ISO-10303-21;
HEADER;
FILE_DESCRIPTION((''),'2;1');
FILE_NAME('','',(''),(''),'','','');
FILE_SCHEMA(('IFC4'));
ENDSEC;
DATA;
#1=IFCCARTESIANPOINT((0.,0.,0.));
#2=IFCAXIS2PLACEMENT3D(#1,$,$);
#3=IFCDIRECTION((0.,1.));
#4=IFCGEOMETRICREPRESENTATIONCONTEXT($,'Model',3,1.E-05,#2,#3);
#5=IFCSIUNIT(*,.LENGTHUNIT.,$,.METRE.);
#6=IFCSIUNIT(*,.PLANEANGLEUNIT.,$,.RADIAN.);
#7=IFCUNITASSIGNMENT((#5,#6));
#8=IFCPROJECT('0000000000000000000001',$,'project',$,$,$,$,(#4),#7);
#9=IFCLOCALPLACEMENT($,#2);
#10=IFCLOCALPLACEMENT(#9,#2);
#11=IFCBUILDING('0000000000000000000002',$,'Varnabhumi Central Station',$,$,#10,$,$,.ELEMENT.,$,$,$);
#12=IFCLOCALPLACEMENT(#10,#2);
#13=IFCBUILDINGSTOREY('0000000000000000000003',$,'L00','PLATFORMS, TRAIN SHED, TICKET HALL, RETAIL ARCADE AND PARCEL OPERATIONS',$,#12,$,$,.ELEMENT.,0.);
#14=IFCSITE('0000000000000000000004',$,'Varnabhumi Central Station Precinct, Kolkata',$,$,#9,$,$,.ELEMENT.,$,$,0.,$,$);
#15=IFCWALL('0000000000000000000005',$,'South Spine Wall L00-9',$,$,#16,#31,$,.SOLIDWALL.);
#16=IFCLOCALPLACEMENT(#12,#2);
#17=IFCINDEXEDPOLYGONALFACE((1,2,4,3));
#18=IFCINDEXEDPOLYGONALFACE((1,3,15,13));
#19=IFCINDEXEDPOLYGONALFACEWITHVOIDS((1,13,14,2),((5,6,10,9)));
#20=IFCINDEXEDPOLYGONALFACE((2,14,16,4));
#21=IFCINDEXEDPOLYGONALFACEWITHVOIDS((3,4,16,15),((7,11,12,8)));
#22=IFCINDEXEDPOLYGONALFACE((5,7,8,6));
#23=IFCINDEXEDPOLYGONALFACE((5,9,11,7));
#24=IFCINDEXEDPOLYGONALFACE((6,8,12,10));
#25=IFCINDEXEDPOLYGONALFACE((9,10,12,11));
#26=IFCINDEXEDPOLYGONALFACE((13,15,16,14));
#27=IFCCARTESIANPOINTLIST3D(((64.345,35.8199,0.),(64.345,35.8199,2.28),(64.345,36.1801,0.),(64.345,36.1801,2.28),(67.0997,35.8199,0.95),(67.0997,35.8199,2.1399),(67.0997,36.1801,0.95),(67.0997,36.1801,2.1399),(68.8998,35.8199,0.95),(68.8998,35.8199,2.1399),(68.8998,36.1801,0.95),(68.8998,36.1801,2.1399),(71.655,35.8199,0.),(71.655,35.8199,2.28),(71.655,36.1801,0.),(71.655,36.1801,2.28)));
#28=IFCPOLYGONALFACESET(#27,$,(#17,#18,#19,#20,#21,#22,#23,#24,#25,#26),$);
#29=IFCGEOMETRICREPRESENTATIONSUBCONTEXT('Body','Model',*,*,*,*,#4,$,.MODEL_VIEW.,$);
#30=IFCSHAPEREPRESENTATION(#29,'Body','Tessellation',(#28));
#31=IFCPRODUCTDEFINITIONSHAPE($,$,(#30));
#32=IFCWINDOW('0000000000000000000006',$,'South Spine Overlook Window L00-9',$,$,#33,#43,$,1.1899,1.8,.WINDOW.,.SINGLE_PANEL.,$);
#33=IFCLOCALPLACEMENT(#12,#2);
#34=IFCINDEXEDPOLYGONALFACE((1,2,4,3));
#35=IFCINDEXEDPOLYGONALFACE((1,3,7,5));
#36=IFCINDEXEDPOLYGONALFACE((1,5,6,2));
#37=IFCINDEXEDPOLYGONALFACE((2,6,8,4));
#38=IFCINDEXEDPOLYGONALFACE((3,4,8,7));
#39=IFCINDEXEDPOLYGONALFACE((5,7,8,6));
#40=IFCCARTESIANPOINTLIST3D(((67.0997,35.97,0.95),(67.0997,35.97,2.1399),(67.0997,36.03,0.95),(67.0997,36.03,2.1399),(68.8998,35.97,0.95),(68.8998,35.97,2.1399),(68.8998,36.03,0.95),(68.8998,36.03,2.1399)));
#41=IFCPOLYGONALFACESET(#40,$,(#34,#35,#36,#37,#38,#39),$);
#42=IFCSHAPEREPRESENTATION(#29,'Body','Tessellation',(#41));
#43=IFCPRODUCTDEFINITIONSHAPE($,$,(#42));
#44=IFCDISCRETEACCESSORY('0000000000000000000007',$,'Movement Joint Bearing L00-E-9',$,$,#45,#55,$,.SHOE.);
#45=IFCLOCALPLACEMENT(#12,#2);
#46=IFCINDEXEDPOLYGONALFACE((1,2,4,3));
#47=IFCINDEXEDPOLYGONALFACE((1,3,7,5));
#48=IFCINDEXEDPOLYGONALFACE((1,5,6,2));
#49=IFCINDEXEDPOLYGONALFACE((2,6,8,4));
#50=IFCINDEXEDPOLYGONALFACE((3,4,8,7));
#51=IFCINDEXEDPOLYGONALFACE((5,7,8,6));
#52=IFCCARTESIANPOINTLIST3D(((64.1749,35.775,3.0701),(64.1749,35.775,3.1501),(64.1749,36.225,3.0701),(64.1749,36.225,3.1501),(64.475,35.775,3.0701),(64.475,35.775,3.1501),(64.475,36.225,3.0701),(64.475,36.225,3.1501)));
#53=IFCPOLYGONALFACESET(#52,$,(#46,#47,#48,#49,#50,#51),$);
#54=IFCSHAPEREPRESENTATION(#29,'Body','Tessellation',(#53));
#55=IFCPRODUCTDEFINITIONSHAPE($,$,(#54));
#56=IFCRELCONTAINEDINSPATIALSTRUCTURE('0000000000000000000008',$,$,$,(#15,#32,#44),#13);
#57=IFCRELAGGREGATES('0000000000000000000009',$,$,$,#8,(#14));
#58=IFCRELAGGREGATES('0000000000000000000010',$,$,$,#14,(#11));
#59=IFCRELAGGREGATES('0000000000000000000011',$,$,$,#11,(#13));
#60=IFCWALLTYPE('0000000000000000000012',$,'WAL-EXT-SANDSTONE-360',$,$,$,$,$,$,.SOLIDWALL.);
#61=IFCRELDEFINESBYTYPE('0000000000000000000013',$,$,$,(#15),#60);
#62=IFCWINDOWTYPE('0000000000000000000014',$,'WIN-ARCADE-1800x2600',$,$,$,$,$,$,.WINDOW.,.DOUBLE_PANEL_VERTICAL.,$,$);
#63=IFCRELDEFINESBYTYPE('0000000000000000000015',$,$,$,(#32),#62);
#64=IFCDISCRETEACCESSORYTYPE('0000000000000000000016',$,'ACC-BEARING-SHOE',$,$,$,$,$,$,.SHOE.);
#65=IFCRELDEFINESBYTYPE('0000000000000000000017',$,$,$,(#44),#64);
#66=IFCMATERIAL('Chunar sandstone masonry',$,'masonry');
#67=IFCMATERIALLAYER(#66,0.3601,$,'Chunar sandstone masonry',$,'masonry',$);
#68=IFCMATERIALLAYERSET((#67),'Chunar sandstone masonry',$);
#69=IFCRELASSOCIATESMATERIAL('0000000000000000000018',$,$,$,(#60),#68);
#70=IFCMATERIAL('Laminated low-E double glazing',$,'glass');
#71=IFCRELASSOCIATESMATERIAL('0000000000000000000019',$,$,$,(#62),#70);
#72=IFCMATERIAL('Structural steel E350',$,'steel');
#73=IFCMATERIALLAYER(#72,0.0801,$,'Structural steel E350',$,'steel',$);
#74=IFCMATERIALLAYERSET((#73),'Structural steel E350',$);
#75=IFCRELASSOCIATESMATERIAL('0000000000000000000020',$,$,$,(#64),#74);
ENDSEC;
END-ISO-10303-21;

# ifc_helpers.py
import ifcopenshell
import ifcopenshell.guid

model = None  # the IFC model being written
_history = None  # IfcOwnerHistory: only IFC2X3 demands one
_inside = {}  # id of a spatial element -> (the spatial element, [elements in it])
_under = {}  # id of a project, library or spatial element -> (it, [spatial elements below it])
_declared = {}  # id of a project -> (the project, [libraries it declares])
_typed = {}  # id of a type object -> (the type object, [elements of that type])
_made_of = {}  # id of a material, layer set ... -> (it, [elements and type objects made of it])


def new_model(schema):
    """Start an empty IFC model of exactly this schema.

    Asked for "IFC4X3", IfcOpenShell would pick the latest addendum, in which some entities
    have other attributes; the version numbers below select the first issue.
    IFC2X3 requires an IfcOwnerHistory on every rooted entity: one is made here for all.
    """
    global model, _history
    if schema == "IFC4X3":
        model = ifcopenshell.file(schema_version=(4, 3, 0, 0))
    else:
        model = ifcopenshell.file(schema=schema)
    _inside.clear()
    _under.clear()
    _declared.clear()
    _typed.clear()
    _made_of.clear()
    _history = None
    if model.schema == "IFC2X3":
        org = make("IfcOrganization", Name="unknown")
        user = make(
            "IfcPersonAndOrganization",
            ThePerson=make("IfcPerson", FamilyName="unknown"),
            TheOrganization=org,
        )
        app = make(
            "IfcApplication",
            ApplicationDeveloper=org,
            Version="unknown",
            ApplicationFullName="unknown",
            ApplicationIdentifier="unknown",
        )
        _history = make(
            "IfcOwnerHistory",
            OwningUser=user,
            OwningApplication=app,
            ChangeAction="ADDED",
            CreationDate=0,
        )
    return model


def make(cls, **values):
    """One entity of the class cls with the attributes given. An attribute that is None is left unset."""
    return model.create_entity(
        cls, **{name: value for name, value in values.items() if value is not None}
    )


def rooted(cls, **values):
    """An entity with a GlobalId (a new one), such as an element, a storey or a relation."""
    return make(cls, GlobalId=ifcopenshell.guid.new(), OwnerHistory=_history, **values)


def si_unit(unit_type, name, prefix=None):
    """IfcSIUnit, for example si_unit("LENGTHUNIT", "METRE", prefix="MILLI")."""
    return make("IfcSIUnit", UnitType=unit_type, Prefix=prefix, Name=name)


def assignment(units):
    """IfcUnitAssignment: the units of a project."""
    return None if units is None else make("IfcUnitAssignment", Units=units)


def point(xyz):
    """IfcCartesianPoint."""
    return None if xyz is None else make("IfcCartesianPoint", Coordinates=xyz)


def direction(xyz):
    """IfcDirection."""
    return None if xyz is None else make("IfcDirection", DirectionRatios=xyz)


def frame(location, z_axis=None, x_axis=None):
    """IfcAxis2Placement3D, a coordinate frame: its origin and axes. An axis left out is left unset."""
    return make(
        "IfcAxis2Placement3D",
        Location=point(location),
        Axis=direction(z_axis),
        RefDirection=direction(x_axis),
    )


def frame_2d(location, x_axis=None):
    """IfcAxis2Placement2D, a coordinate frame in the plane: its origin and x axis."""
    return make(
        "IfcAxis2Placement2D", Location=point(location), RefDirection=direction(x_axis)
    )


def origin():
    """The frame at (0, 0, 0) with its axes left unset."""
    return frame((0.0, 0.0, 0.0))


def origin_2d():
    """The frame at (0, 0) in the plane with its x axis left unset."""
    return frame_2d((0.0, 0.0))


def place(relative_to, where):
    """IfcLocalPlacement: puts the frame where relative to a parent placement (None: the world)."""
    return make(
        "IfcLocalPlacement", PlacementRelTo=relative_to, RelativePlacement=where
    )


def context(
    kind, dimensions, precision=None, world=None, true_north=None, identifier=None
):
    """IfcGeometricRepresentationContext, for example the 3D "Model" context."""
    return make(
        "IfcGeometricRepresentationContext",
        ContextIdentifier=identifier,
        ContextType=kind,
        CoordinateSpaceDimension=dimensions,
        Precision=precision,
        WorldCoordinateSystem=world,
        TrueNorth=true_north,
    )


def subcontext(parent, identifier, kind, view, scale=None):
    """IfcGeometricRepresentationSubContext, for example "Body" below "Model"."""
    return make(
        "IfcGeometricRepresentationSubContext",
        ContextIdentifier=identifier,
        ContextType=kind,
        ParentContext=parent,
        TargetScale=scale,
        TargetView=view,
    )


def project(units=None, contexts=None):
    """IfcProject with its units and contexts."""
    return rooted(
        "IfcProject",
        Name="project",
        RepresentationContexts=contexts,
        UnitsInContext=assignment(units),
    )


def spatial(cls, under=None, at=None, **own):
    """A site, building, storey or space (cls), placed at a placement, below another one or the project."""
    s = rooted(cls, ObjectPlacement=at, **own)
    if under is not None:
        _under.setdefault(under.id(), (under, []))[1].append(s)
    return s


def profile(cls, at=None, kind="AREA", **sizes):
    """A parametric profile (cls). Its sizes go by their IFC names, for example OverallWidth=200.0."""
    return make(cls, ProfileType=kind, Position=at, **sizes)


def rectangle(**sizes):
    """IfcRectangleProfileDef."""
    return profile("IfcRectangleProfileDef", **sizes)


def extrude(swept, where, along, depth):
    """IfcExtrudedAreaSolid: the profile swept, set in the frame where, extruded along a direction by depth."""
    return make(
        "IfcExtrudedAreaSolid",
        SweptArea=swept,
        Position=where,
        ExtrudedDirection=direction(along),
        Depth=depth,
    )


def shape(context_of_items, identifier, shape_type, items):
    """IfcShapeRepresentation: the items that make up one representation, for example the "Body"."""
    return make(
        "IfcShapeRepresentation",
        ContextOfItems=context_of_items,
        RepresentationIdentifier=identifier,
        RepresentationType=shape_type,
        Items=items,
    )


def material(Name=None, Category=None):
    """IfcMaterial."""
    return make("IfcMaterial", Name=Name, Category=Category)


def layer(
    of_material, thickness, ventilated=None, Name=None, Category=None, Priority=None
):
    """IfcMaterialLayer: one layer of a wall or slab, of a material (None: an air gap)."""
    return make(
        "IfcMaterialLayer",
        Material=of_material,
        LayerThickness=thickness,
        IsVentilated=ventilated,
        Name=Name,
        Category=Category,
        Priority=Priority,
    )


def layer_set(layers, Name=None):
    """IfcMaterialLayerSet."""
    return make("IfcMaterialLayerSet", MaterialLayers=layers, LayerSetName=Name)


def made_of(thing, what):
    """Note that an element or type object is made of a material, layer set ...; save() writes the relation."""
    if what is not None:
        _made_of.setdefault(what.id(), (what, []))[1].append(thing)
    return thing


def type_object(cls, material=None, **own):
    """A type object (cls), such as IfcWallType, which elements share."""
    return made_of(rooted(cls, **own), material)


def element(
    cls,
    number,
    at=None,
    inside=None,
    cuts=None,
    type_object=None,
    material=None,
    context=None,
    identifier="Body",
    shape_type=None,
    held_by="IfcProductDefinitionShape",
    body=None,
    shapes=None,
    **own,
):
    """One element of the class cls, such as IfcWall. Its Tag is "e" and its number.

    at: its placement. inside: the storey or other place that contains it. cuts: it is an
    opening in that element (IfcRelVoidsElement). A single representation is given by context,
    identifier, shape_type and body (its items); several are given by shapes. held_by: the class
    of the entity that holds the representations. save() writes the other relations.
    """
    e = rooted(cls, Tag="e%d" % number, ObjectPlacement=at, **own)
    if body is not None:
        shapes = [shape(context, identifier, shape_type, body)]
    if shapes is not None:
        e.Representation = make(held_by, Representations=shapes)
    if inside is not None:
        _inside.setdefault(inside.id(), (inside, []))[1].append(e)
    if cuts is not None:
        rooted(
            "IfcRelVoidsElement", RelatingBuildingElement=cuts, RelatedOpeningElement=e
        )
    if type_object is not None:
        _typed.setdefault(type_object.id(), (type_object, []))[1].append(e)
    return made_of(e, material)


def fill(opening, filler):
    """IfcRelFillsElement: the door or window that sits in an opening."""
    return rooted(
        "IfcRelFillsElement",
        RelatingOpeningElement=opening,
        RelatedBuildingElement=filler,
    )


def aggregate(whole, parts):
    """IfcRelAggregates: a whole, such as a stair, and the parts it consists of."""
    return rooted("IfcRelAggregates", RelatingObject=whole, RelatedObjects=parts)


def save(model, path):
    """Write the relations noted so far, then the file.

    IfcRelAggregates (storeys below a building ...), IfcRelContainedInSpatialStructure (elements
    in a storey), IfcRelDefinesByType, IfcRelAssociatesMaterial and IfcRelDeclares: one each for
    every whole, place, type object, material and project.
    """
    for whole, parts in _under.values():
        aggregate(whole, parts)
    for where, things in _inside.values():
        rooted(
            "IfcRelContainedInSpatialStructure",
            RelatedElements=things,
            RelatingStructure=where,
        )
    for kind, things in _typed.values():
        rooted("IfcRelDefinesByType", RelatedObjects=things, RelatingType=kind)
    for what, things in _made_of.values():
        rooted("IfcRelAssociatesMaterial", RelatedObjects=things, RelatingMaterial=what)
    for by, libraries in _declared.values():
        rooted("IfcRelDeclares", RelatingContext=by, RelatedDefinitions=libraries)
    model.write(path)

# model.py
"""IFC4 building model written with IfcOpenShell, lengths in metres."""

from ifc_helpers import new_model, si_unit, direction, frame, frame_2d, origin, origin_2d, place, context, subcontext, project, spatial, rectangle, extrude, material, layer, layer_set, type_object, element, fill, save


model = new_model("IFC4")

# Units and contexts
model_context = context("Model", 3, precision=1e-05, world=origin(), true_north=direction((0.0, 1.0)))
body_context = subcontext(model_context, "Body", "Model", "MODEL_VIEW")
ifc_project = project(units=[si_unit("LENGTHUNIT", "METRE"), si_unit("PLANEANGLEUNIT", "RADIAN")], contexts=[model_context])

# Site, building, storey
site_placement = place(None, origin())
site = spatial("IfcSite", under=ifc_project, at=site_placement, Name="Varnabhumi Central Station Precinct, Kolkata", CompositionType="ELEMENT", RefElevation=0.0)
building_placement = place(site_placement, origin())
building = spatial("IfcBuilding", under=site, at=building_placement, Name="Varnabhumi Central Station", CompositionType="ELEMENT")
storey_placement = place(building_placement, origin())
storey = spatial("IfcBuildingStorey", under=building, at=storey_placement, Name="L00", Description="PLATFORMS, TRAIN SHED, TICKET HALL, RETAIL ARCADE AND PARCEL OPERATIONS", CompositionType="ELEMENT", Elevation=0.0)

# Shared definitions
ifc_material_1 = material(Name="Laminated low-E double glazing", Category="glass")

# Shared definitions
ifc_material_2 = material(Name="Structural steel E350", Category="steel")

# Wall, opening, window
ifc_material_3 = material(Name="Chunar sandstone masonry", Category="masonry")
ifc_layer_1 = layer(ifc_material_3, 0.3601, Name="Chunar sandstone masonry", Category="masonry")
ifc_layer_set_1 = layer_set([ifc_layer_1], Name="Chunar sandstone masonry")
wall_type = type_object("IfcWallType", Name="WAL-EXT-SANDSTONE-360", PredefinedType="SOLIDWALL", material=ifc_layer_set_1)
window_type = type_object("IfcWindowType", Name="WIN-ARCADE-1800x2600", PartitioningType="DOUBLE_PANEL_VERTICAL", PredefinedType="WINDOW", material=ifc_material_1)
wall_1_placement = place(storey_placement, frame((64.345, 36.0, 0.0), z_axis=(0.0, 0.0, 1.0), x_axis=(1.0, 0.0, 0.0)))
wall_1 = element("IfcWall", 1, at=wall_1_placement, inside=storey, type_object=wall_type, Name="South Spine Wall L00-9", PredefinedType="SOLIDWALL", context=body_context, shape_type="SweptSolid", body=[
    extrude(rectangle(XDim=7.3101, YDim=0.3601, at=frame_2d((3.655, 0.0))), origin(), (0.0, 0.0, 1.0), 2.28),
])
opening_1_placement = place(wall_1_placement, frame((2.7549, 0.0, 0.95)))
opening_1 = element("IfcOpeningElement", 2, at=opening_1_placement, cuts=wall_1, PredefinedType="OPENING", context=body_context, shape_type="SweptSolid", body=[
    extrude(rectangle(XDim=1.8, YDim=1.1899, at=frame_2d((0.8999, 0.595))), frame((0.0, 0.1899, 0.0), z_axis=(0.0, -1.0, 0.0), x_axis=(1.0, 0.0, 0.0)), (0.0, 0.0, 1.0), 0.3801),
])
window_1_placement = place(opening_1_placement, origin())
window_1 = element("IfcWindow", 3, at=window_1_placement, inside=storey, type_object=window_type, Name="South Spine Overlook Window L00-9", OverallHeight=1.1899, OverallWidth=1.8, PartitioningType="SINGLE_PANEL", PredefinedType="WINDOW", context=body_context, shape_type="SweptSolid", body=[
    extrude(rectangle(XDim=1.8, YDim=1.1899, at=frame_2d((0.8999, 0.595))), frame((0.0, 0.03, 0.0), z_axis=(0.0, -1.0, 0.0), x_axis=(1.0, 0.0, 0.0)), (0.0, 0.0, 1.0), 0.0601),
])
fill(opening_1, window_1)

# Discrete accessory
ifc_layer_2 = layer(ifc_material_2, 0.0801, Name="Structural steel E350", Category="steel")
ifc_layer_set_2 = layer_set([ifc_layer_2], Name="Structural steel E350")
discrete_accessory_type = type_object("IfcDiscreteAccessoryType", Name="ACC-BEARING-SHOE", PredefinedType="SHOE", material=ifc_layer_set_2)
discrete_accessory_placement = place(storey_placement, frame((64.325, 36.0, 3.0701), z_axis=(0.0, 0.0, 1.0), x_axis=(1.0, 0.0, 0.0)))
element("IfcDiscreteAccessory", 4, at=discrete_accessory_placement, inside=storey, type_object=discrete_accessory_type, Name="Movement Joint Bearing L00-E-9", PredefinedType="SHOE", context=body_context, shape_type="SweptSolid", body=[
    extrude(rectangle(XDim=0.3, YDim=0.45, at=origin_2d()), origin(), (0.0, 0.0, 1.0), 0.0801),
])

save(model, "model.ifc")
